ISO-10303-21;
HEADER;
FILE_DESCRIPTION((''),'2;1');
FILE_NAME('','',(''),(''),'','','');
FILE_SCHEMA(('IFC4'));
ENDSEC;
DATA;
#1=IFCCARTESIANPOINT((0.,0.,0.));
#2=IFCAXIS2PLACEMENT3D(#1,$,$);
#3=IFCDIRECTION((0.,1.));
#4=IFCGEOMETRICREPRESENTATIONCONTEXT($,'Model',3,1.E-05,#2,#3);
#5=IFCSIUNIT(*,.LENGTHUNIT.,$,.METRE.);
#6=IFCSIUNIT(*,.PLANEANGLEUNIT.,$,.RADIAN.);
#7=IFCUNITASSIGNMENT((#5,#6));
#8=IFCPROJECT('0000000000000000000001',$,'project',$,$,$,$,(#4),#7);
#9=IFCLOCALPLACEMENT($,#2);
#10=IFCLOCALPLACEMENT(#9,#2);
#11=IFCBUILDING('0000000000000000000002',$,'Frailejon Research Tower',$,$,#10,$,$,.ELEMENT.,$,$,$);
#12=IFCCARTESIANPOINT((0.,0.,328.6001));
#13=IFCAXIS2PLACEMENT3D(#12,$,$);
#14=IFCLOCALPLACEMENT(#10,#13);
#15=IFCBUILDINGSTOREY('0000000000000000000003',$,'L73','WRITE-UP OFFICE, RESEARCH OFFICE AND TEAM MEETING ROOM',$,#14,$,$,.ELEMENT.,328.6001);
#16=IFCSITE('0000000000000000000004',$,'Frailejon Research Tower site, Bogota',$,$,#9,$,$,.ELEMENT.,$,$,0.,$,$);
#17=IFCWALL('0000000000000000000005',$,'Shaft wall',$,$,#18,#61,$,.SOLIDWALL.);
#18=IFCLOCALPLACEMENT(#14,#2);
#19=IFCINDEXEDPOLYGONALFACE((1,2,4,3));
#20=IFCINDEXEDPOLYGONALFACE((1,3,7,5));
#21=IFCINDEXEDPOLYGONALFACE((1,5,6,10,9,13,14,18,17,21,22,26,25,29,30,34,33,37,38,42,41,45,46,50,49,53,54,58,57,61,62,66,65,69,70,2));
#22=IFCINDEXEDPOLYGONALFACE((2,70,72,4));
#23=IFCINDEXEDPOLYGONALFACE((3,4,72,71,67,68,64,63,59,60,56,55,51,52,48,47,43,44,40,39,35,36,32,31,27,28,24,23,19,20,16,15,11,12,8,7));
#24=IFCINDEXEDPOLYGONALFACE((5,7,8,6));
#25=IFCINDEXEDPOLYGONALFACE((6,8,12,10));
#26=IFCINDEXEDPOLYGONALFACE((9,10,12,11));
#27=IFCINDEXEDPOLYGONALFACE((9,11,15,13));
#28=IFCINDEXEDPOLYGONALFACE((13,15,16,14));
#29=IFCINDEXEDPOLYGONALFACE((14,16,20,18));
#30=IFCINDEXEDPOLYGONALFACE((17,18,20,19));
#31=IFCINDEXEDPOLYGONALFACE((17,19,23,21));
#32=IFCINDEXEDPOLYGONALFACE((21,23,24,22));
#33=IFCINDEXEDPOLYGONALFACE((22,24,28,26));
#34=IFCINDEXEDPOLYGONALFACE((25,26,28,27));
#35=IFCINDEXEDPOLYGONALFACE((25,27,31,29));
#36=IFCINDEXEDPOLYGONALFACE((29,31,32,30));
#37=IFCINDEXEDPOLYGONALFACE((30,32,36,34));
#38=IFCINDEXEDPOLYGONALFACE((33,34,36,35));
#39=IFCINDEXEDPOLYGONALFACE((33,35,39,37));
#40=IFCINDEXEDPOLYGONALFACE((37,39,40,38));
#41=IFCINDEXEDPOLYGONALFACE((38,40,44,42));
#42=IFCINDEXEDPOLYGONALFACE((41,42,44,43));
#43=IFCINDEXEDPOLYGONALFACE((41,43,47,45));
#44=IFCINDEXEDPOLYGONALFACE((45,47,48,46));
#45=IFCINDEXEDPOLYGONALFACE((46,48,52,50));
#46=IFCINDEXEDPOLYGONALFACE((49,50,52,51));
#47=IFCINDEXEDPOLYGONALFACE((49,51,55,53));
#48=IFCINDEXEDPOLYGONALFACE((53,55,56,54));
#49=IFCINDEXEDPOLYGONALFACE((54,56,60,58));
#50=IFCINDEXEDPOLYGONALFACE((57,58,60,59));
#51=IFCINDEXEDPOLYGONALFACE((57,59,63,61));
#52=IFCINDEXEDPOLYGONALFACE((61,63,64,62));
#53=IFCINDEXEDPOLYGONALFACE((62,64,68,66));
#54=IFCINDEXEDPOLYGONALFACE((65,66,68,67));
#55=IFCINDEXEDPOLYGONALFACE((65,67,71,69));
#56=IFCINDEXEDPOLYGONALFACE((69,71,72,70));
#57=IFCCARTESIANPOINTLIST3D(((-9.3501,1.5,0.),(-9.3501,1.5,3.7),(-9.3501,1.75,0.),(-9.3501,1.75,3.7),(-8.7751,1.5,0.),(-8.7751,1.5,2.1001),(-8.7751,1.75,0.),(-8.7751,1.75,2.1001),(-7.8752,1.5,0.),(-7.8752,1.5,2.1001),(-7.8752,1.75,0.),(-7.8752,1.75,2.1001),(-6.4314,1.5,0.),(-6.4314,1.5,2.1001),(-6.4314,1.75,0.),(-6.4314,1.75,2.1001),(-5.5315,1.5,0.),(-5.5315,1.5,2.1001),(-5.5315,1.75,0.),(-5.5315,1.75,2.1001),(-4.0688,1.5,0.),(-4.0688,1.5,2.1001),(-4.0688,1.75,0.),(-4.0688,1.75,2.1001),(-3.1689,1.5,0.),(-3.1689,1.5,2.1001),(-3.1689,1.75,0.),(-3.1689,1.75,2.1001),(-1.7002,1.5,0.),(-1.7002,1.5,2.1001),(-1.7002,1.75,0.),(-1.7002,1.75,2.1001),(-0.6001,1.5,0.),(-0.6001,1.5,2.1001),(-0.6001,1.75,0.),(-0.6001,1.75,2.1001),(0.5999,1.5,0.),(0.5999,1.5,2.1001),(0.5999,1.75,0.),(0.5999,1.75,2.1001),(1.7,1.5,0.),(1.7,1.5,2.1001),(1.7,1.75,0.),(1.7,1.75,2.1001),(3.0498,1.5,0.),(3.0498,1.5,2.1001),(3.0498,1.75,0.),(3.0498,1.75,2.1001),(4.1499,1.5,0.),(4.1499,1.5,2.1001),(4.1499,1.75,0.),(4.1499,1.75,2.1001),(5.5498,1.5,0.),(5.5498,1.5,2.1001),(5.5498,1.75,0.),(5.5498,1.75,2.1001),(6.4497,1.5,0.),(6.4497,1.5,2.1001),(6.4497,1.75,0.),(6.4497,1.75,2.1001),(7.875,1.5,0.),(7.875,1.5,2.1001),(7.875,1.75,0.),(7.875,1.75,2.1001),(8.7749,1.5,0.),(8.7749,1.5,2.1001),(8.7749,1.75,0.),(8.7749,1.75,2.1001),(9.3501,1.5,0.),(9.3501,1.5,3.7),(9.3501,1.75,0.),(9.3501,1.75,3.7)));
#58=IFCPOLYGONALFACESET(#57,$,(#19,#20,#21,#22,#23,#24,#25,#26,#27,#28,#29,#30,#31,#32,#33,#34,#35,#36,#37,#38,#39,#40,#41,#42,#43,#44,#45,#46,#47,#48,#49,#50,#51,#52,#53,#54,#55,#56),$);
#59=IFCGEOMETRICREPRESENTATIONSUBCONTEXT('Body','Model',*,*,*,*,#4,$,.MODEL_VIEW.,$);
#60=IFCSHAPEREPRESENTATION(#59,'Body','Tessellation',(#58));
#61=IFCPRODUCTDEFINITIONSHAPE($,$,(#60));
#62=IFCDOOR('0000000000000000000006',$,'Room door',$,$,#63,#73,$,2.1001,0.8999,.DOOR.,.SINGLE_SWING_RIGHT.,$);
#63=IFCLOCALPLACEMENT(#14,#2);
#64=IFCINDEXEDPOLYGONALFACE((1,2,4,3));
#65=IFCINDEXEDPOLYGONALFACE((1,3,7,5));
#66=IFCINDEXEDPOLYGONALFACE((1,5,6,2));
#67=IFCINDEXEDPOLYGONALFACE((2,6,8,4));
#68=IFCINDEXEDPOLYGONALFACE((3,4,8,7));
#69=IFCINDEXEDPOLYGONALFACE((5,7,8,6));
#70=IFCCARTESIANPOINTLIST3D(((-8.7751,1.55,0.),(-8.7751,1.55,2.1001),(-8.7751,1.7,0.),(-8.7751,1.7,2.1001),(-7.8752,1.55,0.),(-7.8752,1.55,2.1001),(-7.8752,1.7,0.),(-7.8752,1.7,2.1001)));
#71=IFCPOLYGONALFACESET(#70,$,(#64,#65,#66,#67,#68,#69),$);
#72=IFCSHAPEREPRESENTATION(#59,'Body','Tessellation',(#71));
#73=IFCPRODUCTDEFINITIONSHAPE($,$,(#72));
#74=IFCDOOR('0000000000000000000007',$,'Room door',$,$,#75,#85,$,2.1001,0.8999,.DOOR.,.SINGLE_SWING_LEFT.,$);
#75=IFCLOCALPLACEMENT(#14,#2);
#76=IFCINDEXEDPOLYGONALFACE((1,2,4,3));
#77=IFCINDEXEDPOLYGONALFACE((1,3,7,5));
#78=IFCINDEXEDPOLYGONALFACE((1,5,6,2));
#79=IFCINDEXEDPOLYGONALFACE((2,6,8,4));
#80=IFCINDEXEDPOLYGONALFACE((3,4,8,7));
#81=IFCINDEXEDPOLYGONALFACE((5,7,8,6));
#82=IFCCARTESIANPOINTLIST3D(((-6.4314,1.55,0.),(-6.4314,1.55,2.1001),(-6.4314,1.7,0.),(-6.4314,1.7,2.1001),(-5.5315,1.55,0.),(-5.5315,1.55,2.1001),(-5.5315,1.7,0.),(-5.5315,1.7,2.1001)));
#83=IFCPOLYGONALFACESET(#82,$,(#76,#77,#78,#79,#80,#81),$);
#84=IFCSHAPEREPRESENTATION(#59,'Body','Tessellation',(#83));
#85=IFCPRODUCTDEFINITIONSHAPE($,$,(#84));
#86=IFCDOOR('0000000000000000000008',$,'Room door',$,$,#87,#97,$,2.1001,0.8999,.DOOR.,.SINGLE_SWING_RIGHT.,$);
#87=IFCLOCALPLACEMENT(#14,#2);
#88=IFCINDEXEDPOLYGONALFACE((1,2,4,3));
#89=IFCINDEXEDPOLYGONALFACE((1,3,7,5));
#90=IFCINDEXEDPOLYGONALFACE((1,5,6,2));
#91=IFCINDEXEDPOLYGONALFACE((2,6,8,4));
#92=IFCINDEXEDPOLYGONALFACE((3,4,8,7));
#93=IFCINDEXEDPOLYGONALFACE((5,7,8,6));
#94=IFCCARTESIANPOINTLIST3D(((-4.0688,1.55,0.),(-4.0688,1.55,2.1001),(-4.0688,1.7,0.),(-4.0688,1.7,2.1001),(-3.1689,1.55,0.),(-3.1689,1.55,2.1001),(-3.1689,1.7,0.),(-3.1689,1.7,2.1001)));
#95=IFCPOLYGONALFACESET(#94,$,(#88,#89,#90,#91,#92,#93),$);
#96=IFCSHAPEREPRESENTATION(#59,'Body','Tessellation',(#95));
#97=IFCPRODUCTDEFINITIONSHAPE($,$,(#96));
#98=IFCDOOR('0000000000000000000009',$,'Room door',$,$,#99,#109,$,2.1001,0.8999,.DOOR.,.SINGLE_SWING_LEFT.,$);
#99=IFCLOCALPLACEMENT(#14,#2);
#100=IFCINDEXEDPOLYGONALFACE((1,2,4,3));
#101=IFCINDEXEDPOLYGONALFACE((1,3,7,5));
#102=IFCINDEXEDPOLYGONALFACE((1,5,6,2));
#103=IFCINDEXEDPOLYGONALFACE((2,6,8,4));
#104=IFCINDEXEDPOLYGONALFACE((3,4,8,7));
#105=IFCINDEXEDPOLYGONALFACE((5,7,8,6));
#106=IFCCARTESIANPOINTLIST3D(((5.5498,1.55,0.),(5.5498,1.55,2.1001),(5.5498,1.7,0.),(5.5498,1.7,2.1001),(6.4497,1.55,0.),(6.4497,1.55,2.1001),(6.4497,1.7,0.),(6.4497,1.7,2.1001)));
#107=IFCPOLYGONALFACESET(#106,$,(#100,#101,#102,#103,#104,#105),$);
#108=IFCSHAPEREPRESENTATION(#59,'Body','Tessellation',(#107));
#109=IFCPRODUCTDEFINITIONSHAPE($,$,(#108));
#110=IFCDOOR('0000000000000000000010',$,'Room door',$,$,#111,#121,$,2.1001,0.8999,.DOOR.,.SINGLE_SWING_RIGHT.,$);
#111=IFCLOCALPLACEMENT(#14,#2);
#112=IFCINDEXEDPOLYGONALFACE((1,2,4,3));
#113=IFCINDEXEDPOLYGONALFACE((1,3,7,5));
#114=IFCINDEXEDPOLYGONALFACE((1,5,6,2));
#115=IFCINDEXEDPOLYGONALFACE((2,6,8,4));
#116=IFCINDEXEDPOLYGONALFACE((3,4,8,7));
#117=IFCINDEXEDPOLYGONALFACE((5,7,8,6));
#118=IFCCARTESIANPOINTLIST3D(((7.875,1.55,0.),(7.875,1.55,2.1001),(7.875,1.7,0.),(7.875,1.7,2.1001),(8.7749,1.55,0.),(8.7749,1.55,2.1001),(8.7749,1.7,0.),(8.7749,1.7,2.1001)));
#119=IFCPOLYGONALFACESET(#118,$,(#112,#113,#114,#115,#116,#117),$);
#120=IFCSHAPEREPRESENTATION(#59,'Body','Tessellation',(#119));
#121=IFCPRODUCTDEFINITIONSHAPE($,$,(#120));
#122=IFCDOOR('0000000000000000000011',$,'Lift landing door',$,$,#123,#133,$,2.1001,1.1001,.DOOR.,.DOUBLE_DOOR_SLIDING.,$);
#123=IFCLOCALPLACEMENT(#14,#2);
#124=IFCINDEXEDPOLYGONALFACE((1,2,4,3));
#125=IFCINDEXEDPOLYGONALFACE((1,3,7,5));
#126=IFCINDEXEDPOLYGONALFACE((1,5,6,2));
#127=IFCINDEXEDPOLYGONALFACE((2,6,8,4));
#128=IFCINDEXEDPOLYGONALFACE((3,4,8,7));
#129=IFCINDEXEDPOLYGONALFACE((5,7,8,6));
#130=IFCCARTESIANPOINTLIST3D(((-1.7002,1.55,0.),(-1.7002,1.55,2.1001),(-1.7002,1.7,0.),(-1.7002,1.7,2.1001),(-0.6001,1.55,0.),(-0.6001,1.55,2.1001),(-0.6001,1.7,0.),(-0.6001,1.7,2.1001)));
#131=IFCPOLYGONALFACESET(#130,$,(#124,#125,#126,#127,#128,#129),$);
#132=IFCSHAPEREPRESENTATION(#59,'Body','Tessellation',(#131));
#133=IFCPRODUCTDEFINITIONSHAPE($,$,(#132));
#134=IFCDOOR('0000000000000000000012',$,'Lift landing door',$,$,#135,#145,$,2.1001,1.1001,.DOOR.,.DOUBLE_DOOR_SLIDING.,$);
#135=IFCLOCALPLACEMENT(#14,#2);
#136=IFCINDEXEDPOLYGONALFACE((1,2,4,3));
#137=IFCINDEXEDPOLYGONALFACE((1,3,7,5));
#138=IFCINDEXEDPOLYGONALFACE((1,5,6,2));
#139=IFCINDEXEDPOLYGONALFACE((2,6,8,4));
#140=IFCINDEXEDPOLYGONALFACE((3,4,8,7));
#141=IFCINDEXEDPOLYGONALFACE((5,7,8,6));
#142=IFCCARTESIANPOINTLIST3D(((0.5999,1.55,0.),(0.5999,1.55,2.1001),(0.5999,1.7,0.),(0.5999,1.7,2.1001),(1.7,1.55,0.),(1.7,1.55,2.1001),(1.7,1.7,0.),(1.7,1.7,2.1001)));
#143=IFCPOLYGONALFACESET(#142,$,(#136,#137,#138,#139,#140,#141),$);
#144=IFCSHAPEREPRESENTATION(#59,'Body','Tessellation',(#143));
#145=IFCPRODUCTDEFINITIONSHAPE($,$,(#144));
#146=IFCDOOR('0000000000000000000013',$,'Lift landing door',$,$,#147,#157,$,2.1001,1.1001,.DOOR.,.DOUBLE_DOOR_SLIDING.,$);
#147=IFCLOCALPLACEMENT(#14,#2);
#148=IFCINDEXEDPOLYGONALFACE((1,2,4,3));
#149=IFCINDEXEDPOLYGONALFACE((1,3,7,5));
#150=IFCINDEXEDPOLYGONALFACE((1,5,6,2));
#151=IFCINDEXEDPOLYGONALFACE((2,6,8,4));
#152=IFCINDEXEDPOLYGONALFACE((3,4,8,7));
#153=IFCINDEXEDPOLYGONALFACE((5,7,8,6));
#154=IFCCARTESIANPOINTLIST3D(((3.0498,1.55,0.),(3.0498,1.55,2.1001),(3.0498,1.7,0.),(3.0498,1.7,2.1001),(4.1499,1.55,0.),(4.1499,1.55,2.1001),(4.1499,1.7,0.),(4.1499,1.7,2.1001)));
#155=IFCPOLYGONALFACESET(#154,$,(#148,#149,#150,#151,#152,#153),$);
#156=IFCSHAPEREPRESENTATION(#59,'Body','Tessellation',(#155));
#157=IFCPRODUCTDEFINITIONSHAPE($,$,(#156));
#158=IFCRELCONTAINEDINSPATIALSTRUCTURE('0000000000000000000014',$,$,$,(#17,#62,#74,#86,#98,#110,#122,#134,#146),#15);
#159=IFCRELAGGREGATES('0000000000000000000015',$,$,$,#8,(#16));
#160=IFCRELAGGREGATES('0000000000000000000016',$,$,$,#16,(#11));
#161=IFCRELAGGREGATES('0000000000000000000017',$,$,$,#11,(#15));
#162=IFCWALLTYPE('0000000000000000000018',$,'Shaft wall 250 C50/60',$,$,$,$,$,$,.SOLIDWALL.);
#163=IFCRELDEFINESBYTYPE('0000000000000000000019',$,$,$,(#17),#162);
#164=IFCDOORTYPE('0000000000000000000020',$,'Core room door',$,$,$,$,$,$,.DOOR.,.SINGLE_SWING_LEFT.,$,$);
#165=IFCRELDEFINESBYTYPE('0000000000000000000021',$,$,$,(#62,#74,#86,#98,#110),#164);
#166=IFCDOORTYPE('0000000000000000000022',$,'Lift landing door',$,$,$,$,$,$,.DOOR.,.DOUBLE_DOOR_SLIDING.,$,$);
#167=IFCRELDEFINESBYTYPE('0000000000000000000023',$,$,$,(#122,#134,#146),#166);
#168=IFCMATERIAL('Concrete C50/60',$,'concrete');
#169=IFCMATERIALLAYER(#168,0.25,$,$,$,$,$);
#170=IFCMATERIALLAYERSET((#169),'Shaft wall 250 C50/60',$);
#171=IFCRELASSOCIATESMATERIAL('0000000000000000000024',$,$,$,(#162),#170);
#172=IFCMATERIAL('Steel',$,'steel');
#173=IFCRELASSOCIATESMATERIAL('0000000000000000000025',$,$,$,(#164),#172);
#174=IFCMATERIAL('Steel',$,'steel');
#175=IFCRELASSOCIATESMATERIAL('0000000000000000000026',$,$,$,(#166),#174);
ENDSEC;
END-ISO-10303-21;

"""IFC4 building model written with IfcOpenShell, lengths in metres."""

from ifc_helpers import new_model, si_unit, direction, frame, frame_2d, origin, place, context, subcontext, project, spatial, rectangle, extrude, material, layer, layer_set, type_object, element, fill, save


model = new_model("IFC4")

# Units and contexts
model_context = context("Model", 3, precision=1e-05, world=origin(), true_north=direction((0.0, 1.0)))
body_context = subcontext(model_context, "Body", "Model", "MODEL_VIEW")
ifc_project = project(units=[si_unit("LENGTHUNIT", "METRE"), si_unit("PLANEANGLEUNIT", "RADIAN")], contexts=[model_context])

# Site, building, storey
site_placement = place(None, origin())
site = spatial("IfcSite", under=ifc_project, at=site_placement, Name="Frailejon Research Tower site, Bogota", CompositionType="ELEMENT", RefElevation=0.0)
building_placement = place(site_placement, origin())
building = spatial("IfcBuilding", under=site, at=building_placement, Name="Frailejon Research Tower", CompositionType="ELEMENT")
storey_placement = place(building_placement, frame((0.0, 0.0, 328.6001)))
storey = spatial("IfcBuildingStorey", under=building, at=storey_placement, Name="L73", Description="WRITE-UP OFFICE, RESEARCH OFFICE AND TEAM MEETING ROOM", CompositionType="ELEMENT", Elevation=328.6001)

# Wall, openings, doors
ifc_material_1 = material(Name="Concrete C50/60", Category="concrete")
ifc_layer_1 = layer(ifc_material_1, 0.25)
ifc_layer_set_1 = layer_set([ifc_layer_1], Name="Shaft wall 250 C50/60")
wall_type_1 = type_object("IfcWallType", Name="Shaft wall 250 C50/60", PredefinedType="SOLIDWALL", material=ifc_layer_set_1)
wall_1_placement = place(storey_placement, frame((-9.3501, 1.625, 0.0), z_axis=(0.0, 0.0, 1.0), x_axis=(1.0, 0.0, 0.0)))
wall_1 = element("IfcWall", 1, at=wall_1_placement, inside=storey, type_object=wall_type_1, Name="Shaft wall", PredefinedType="SOLIDWALL", context=body_context, shape_type="SweptSolid", body=[
    extrude(rectangle(XDim=18.7002, YDim=0.25, at=frame_2d((9.3501, 0.0))), origin(), (0.0, 0.0, 1.0), 3.7),
])
opening_1_placement = place(wall_1_placement, frame((7.6499, 0.0, 0.0)))
opening_1 = element("IfcOpeningElement", 2, at=opening_1_placement, cuts=wall_1, PredefinedType="OPENING", context=body_context, shape_type="SweptSolid", body=[
    extrude(rectangle(XDim=1.1001, YDim=2.1001, at=frame_2d((0.55, 1.05))), frame((0.0, 0.135, 0.0), z_axis=(0.0, -1.0, 0.0), x_axis=(1.0, 0.0, 0.0)), (0.0, 0.0, 1.0), 0.27),
])
opening_2_placement = place(wall_1_placement, frame((9.95, 0.0, 0.0)))
opening_2 = element("IfcOpeningElement", 3, at=opening_2_placement, cuts=wall_1, PredefinedType="OPENING", context=body_context, shape_type="SweptSolid", body=[
    extrude(rectangle(XDim=1.1001, YDim=2.1001, at=frame_2d((0.55, 1.05))), frame((0.0, 0.135, 0.0), z_axis=(0.0, -1.0, 0.0), x_axis=(1.0, 0.0, 0.0)), (0.0, 0.0, 1.0), 0.27),
])
opening_3_placement = place(wall_1_placement, frame((12.3999, 0.0, 0.0)))
opening_3 = element("IfcOpeningElement", 4, at=opening_3_placement, cuts=wall_1, PredefinedType="OPENING", context=body_context, shape_type="SweptSolid", body=[
    extrude(rectangle(XDim=1.1001, YDim=2.1001, at=frame_2d((0.55, 1.05))), frame((0.0, 0.135, 0.0), z_axis=(0.0, -1.0, 0.0), x_axis=(1.0, 0.0, 0.0)), (0.0, 0.0, 1.0), 0.27),
])
opening_4_placement = place(wall_1_placement, frame((0.575, 0.0, 0.0)))
opening_4 = element("IfcOpeningElement", 5, at=opening_4_placement, cuts=wall_1, PredefinedType="OPENING", context=body_context, shape_type="SweptSolid", body=[
    extrude(rectangle(XDim=0.8999, YDim=2.1001, at=frame_2d((0.45, 1.05))), frame((0.0, 0.135, 0.0), z_axis=(0.0, -1.0, 0.0), x_axis=(1.0, 0.0, 0.0)), (0.0, 0.0, 1.0), 0.27),
])
opening_5_placement = place(wall_1_placement, frame((2.9187, 0.0, 0.0)))
opening_5 = element("IfcOpeningElement", 6, at=opening_5_placement, cuts=wall_1, PredefinedType="OPENING", context=body_context, shape_type="SweptSolid", body=[
    extrude(rectangle(XDim=0.8999, YDim=2.1001, at=frame_2d((0.45, 1.05))), frame((0.0, 0.135, 0.0), z_axis=(0.0, -1.0, 0.0), x_axis=(1.0, 0.0, 0.0)), (0.0, 0.0, 1.0), 0.27),
])
opening_6_placement = place(wall_1_placement, frame((5.2812, 0.0, 0.0)))
opening_6 = element("IfcOpeningElement", 7, at=opening_6_placement, cuts=wall_1, PredefinedType="OPENING", context=body_context, shape_type="SweptSolid", body=[
    extrude(rectangle(XDim=0.8999, YDim=2.1001, at=frame_2d((0.45, 1.05))), frame((0.0, 0.135, 0.0), z_axis=(0.0, -1.0, 0.0), x_axis=(1.0, 0.0, 0.0)), (0.0, 0.0, 1.0), 0.27),
])
opening_7_placement = place(wall_1_placement, frame((14.8999, 0.0, 0.0)))
opening_7 = element("IfcOpeningElement", 8, at=opening_7_placement, cuts=wall_1, PredefinedType="OPENING", context=body_context, shape_type="SweptSolid", body=[
    extrude(rectangle(XDim=0.8999, YDim=2.1001, at=frame_2d((0.45, 1.05))), frame((0.0, 0.135, 0.0), z_axis=(0.0, -1.0, 0.0), x_axis=(1.0, 0.0, 0.0)), (0.0, 0.0, 1.0), 0.27),
])
opening_8_placement = place(wall_1_placement, frame((17.2251, 0.0, 0.0)))
opening_8 = element("IfcOpeningElement", 9, at=opening_8_placement, cuts=wall_1, PredefinedType="OPENING", context=body_context, shape_type="SweptSolid", body=[
    extrude(rectangle(XDim=0.8999, YDim=2.1001, at=frame_2d((0.45, 1.05))), frame((0.0, 0.135, 0.0), z_axis=(0.0, -1.0, 0.0), x_axis=(1.0, 0.0, 0.0)), (0.0, 0.0, 1.0), 0.27),
])
ifc_material_2 = material(Name="Steel", Category="steel")
door_type_1 = type_object("IfcDoorType", Name="Core room door", OperationType="SINGLE_SWING_LEFT", PredefinedType="DOOR", material=ifc_material_2)
door_1_placement = place(opening_4_placement, origin())
door_1 = element("IfcDoor", 10, at=door_1_placement, inside=storey, type_object=door_type_1, Name="Room door", OperationType="SINGLE_SWING_RIGHT", OverallHeight=2.1001, OverallWidth=0.8999, PredefinedType="DOOR", context=body_context, shape_type="SweptSolid", body=[
    extrude(rectangle(XDim=0.8999, YDim=2.1001, at=frame_2d((0.45, 1.05))), frame((0.0, 0.075, 0.0), z_axis=(0.0, -1.0, 0.0), x_axis=(1.0, 0.0, 0.0)), (0.0, 0.0, 1.0), 0.1499),
])
fill(opening_4, door_1)
door_2_placement = place(opening_5_placement, origin())
door_2 = element("IfcDoor", 11, at=door_2_placement, inside=storey, type_object=door_type_1, Name="Room door", OperationType="SINGLE_SWING_LEFT", OverallHeight=2.1001, OverallWidth=0.8999, PredefinedType="DOOR", context=body_context, shape_type="SweptSolid", body=[
    extrude(rectangle(XDim=0.8999, YDim=2.1001, at=frame_2d((0.45, 1.05))), frame((0.0, 0.075, 0.0), z_axis=(0.0, -1.0, 0.0), x_axis=(1.0, 0.0, 0.0)), (0.0, 0.0, 1.0), 0.1499),
])
fill(opening_5, door_2)
door_3_placement = place(opening_6_placement, origin())
door_3 = element("IfcDoor", 12, at=door_3_placement, inside=storey, type_object=door_type_1, Name="Room door", OperationType="SINGLE_SWING_RIGHT", OverallHeight=2.1001, OverallWidth=0.8999, PredefinedType="DOOR", context=body_context, shape_type="SweptSolid", body=[
    extrude(rectangle(XDim=0.8999, YDim=2.1001, at=frame_2d((0.45, 1.05))), frame((0.0, 0.075, 0.0), z_axis=(0.0, -1.0, 0.0), x_axis=(1.0, 0.0, 0.0)), (0.0, 0.0, 1.0), 0.1499),
])
fill(opening_6, door_3)
door_4_placement = place(opening_7_placement, origin())
door_4 = element("IfcDoor", 13, at=door_4_placement, inside=storey, type_object=door_type_1, Name="Room door", OperationType="SINGLE_SWING_LEFT", OverallHeight=2.1001, OverallWidth=0.8999, PredefinedType="DOOR", context=body_context, shape_type="SweptSolid", body=[
    extrude(rectangle(XDim=0.8999, YDim=2.1001, at=frame_2d((0.45, 1.05))), frame((0.0, 0.075, 0.0), z_axis=(0.0, -1.0, 0.0), x_axis=(1.0, 0.0, 0.0)), (0.0, 0.0, 1.0), 0.1499),
])
fill(opening_7, door_4)
door_5_placement = place(opening_8_placement, origin())
door_5 = element("IfcDoor", 14, at=door_5_placement, inside=storey, type_object=door_type_1, Name="Room door", OperationType="SINGLE_SWING_RIGHT", OverallHeight=2.1001, OverallWidth=0.8999, PredefinedType="DOOR", context=body_context, shape_type="SweptSolid", body=[
    extrude(rectangle(XDim=0.8999, YDim=2.1001, at=frame_2d((0.45, 1.05))), frame((0.0, 0.075, 0.0), z_axis=(0.0, -1.0, 0.0), x_axis=(1.0, 0.0, 0.0)), (0.0, 0.0, 1.0), 0.1499),
])
fill(opening_8, door_5)
ifc_material_3 = material(Name="Steel", Category="steel")
door_type_2 = type_object("IfcDoorType", Name="Lift landing door", OperationType="DOUBLE_DOOR_SLIDING", PredefinedType="DOOR", material=ifc_material_3)
door_6_placement = place(opening_1_placement, origin())
door_6 = element("IfcDoor", 15, at=door_6_placement, inside=storey, type_object=door_type_2, Name="Lift landing door", OperationType="DOUBLE_DOOR_SLIDING", OverallHeight=2.1001, OverallWidth=1.1001, PredefinedType="DOOR", context=body_context, shape_type="SweptSolid", body=[
    extrude(rectangle(XDim=1.1001, YDim=2.1001, at=frame_2d((0.55, 1.05))), frame((0.0, 0.075, 0.0), z_axis=(0.0, -1.0, 0.0), x_axis=(1.0, 0.0, 0.0)), (0.0, 0.0, 1.0), 0.1499),
])
fill(opening_1, door_6)
door_7_placement = place(opening_2_placement, origin())
door_7 = element("IfcDoor", 16, at=door_7_placement, inside=storey, type_object=door_type_2, Name="Lift landing door", OperationType="DOUBLE_DOOR_SLIDING", OverallHeight=2.1001, OverallWidth=1.1001, PredefinedType="DOOR", context=body_context, shape_type="SweptSolid", body=[
    extrude(rectangle(XDim=1.1001, YDim=2.1001, at=frame_2d((0.55, 1.05))), frame((0.0, 0.075, 0.0), z_axis=(0.0, -1.0, 0.0), x_axis=(1.0, 0.0, 0.0)), (0.0, 0.0, 1.0), 0.1499),
])
fill(opening_2, door_7)
door_8_placement = place(opening_3_placement, origin())
door_8 = element("IfcDoor", 17, at=door_8_placement, inside=storey, type_object=door_type_2, Name="Lift landing door", OperationType="DOUBLE_DOOR_SLIDING", OverallHeight=2.1001, OverallWidth=1.1001, PredefinedType="DOOR", context=body_context, shape_type="SweptSolid", body=[
    extrude(rectangle(XDim=1.1001, YDim=2.1001, at=frame_2d((0.55, 1.05))), frame((0.0, 0.075, 0.0), z_axis=(0.0, -1.0, 0.0), x_axis=(1.0, 0.0, 0.0)), (0.0, 0.0, 1.0), 0.1499),
])
fill(opening_3, door_8)

save(model, "model.ifc")
